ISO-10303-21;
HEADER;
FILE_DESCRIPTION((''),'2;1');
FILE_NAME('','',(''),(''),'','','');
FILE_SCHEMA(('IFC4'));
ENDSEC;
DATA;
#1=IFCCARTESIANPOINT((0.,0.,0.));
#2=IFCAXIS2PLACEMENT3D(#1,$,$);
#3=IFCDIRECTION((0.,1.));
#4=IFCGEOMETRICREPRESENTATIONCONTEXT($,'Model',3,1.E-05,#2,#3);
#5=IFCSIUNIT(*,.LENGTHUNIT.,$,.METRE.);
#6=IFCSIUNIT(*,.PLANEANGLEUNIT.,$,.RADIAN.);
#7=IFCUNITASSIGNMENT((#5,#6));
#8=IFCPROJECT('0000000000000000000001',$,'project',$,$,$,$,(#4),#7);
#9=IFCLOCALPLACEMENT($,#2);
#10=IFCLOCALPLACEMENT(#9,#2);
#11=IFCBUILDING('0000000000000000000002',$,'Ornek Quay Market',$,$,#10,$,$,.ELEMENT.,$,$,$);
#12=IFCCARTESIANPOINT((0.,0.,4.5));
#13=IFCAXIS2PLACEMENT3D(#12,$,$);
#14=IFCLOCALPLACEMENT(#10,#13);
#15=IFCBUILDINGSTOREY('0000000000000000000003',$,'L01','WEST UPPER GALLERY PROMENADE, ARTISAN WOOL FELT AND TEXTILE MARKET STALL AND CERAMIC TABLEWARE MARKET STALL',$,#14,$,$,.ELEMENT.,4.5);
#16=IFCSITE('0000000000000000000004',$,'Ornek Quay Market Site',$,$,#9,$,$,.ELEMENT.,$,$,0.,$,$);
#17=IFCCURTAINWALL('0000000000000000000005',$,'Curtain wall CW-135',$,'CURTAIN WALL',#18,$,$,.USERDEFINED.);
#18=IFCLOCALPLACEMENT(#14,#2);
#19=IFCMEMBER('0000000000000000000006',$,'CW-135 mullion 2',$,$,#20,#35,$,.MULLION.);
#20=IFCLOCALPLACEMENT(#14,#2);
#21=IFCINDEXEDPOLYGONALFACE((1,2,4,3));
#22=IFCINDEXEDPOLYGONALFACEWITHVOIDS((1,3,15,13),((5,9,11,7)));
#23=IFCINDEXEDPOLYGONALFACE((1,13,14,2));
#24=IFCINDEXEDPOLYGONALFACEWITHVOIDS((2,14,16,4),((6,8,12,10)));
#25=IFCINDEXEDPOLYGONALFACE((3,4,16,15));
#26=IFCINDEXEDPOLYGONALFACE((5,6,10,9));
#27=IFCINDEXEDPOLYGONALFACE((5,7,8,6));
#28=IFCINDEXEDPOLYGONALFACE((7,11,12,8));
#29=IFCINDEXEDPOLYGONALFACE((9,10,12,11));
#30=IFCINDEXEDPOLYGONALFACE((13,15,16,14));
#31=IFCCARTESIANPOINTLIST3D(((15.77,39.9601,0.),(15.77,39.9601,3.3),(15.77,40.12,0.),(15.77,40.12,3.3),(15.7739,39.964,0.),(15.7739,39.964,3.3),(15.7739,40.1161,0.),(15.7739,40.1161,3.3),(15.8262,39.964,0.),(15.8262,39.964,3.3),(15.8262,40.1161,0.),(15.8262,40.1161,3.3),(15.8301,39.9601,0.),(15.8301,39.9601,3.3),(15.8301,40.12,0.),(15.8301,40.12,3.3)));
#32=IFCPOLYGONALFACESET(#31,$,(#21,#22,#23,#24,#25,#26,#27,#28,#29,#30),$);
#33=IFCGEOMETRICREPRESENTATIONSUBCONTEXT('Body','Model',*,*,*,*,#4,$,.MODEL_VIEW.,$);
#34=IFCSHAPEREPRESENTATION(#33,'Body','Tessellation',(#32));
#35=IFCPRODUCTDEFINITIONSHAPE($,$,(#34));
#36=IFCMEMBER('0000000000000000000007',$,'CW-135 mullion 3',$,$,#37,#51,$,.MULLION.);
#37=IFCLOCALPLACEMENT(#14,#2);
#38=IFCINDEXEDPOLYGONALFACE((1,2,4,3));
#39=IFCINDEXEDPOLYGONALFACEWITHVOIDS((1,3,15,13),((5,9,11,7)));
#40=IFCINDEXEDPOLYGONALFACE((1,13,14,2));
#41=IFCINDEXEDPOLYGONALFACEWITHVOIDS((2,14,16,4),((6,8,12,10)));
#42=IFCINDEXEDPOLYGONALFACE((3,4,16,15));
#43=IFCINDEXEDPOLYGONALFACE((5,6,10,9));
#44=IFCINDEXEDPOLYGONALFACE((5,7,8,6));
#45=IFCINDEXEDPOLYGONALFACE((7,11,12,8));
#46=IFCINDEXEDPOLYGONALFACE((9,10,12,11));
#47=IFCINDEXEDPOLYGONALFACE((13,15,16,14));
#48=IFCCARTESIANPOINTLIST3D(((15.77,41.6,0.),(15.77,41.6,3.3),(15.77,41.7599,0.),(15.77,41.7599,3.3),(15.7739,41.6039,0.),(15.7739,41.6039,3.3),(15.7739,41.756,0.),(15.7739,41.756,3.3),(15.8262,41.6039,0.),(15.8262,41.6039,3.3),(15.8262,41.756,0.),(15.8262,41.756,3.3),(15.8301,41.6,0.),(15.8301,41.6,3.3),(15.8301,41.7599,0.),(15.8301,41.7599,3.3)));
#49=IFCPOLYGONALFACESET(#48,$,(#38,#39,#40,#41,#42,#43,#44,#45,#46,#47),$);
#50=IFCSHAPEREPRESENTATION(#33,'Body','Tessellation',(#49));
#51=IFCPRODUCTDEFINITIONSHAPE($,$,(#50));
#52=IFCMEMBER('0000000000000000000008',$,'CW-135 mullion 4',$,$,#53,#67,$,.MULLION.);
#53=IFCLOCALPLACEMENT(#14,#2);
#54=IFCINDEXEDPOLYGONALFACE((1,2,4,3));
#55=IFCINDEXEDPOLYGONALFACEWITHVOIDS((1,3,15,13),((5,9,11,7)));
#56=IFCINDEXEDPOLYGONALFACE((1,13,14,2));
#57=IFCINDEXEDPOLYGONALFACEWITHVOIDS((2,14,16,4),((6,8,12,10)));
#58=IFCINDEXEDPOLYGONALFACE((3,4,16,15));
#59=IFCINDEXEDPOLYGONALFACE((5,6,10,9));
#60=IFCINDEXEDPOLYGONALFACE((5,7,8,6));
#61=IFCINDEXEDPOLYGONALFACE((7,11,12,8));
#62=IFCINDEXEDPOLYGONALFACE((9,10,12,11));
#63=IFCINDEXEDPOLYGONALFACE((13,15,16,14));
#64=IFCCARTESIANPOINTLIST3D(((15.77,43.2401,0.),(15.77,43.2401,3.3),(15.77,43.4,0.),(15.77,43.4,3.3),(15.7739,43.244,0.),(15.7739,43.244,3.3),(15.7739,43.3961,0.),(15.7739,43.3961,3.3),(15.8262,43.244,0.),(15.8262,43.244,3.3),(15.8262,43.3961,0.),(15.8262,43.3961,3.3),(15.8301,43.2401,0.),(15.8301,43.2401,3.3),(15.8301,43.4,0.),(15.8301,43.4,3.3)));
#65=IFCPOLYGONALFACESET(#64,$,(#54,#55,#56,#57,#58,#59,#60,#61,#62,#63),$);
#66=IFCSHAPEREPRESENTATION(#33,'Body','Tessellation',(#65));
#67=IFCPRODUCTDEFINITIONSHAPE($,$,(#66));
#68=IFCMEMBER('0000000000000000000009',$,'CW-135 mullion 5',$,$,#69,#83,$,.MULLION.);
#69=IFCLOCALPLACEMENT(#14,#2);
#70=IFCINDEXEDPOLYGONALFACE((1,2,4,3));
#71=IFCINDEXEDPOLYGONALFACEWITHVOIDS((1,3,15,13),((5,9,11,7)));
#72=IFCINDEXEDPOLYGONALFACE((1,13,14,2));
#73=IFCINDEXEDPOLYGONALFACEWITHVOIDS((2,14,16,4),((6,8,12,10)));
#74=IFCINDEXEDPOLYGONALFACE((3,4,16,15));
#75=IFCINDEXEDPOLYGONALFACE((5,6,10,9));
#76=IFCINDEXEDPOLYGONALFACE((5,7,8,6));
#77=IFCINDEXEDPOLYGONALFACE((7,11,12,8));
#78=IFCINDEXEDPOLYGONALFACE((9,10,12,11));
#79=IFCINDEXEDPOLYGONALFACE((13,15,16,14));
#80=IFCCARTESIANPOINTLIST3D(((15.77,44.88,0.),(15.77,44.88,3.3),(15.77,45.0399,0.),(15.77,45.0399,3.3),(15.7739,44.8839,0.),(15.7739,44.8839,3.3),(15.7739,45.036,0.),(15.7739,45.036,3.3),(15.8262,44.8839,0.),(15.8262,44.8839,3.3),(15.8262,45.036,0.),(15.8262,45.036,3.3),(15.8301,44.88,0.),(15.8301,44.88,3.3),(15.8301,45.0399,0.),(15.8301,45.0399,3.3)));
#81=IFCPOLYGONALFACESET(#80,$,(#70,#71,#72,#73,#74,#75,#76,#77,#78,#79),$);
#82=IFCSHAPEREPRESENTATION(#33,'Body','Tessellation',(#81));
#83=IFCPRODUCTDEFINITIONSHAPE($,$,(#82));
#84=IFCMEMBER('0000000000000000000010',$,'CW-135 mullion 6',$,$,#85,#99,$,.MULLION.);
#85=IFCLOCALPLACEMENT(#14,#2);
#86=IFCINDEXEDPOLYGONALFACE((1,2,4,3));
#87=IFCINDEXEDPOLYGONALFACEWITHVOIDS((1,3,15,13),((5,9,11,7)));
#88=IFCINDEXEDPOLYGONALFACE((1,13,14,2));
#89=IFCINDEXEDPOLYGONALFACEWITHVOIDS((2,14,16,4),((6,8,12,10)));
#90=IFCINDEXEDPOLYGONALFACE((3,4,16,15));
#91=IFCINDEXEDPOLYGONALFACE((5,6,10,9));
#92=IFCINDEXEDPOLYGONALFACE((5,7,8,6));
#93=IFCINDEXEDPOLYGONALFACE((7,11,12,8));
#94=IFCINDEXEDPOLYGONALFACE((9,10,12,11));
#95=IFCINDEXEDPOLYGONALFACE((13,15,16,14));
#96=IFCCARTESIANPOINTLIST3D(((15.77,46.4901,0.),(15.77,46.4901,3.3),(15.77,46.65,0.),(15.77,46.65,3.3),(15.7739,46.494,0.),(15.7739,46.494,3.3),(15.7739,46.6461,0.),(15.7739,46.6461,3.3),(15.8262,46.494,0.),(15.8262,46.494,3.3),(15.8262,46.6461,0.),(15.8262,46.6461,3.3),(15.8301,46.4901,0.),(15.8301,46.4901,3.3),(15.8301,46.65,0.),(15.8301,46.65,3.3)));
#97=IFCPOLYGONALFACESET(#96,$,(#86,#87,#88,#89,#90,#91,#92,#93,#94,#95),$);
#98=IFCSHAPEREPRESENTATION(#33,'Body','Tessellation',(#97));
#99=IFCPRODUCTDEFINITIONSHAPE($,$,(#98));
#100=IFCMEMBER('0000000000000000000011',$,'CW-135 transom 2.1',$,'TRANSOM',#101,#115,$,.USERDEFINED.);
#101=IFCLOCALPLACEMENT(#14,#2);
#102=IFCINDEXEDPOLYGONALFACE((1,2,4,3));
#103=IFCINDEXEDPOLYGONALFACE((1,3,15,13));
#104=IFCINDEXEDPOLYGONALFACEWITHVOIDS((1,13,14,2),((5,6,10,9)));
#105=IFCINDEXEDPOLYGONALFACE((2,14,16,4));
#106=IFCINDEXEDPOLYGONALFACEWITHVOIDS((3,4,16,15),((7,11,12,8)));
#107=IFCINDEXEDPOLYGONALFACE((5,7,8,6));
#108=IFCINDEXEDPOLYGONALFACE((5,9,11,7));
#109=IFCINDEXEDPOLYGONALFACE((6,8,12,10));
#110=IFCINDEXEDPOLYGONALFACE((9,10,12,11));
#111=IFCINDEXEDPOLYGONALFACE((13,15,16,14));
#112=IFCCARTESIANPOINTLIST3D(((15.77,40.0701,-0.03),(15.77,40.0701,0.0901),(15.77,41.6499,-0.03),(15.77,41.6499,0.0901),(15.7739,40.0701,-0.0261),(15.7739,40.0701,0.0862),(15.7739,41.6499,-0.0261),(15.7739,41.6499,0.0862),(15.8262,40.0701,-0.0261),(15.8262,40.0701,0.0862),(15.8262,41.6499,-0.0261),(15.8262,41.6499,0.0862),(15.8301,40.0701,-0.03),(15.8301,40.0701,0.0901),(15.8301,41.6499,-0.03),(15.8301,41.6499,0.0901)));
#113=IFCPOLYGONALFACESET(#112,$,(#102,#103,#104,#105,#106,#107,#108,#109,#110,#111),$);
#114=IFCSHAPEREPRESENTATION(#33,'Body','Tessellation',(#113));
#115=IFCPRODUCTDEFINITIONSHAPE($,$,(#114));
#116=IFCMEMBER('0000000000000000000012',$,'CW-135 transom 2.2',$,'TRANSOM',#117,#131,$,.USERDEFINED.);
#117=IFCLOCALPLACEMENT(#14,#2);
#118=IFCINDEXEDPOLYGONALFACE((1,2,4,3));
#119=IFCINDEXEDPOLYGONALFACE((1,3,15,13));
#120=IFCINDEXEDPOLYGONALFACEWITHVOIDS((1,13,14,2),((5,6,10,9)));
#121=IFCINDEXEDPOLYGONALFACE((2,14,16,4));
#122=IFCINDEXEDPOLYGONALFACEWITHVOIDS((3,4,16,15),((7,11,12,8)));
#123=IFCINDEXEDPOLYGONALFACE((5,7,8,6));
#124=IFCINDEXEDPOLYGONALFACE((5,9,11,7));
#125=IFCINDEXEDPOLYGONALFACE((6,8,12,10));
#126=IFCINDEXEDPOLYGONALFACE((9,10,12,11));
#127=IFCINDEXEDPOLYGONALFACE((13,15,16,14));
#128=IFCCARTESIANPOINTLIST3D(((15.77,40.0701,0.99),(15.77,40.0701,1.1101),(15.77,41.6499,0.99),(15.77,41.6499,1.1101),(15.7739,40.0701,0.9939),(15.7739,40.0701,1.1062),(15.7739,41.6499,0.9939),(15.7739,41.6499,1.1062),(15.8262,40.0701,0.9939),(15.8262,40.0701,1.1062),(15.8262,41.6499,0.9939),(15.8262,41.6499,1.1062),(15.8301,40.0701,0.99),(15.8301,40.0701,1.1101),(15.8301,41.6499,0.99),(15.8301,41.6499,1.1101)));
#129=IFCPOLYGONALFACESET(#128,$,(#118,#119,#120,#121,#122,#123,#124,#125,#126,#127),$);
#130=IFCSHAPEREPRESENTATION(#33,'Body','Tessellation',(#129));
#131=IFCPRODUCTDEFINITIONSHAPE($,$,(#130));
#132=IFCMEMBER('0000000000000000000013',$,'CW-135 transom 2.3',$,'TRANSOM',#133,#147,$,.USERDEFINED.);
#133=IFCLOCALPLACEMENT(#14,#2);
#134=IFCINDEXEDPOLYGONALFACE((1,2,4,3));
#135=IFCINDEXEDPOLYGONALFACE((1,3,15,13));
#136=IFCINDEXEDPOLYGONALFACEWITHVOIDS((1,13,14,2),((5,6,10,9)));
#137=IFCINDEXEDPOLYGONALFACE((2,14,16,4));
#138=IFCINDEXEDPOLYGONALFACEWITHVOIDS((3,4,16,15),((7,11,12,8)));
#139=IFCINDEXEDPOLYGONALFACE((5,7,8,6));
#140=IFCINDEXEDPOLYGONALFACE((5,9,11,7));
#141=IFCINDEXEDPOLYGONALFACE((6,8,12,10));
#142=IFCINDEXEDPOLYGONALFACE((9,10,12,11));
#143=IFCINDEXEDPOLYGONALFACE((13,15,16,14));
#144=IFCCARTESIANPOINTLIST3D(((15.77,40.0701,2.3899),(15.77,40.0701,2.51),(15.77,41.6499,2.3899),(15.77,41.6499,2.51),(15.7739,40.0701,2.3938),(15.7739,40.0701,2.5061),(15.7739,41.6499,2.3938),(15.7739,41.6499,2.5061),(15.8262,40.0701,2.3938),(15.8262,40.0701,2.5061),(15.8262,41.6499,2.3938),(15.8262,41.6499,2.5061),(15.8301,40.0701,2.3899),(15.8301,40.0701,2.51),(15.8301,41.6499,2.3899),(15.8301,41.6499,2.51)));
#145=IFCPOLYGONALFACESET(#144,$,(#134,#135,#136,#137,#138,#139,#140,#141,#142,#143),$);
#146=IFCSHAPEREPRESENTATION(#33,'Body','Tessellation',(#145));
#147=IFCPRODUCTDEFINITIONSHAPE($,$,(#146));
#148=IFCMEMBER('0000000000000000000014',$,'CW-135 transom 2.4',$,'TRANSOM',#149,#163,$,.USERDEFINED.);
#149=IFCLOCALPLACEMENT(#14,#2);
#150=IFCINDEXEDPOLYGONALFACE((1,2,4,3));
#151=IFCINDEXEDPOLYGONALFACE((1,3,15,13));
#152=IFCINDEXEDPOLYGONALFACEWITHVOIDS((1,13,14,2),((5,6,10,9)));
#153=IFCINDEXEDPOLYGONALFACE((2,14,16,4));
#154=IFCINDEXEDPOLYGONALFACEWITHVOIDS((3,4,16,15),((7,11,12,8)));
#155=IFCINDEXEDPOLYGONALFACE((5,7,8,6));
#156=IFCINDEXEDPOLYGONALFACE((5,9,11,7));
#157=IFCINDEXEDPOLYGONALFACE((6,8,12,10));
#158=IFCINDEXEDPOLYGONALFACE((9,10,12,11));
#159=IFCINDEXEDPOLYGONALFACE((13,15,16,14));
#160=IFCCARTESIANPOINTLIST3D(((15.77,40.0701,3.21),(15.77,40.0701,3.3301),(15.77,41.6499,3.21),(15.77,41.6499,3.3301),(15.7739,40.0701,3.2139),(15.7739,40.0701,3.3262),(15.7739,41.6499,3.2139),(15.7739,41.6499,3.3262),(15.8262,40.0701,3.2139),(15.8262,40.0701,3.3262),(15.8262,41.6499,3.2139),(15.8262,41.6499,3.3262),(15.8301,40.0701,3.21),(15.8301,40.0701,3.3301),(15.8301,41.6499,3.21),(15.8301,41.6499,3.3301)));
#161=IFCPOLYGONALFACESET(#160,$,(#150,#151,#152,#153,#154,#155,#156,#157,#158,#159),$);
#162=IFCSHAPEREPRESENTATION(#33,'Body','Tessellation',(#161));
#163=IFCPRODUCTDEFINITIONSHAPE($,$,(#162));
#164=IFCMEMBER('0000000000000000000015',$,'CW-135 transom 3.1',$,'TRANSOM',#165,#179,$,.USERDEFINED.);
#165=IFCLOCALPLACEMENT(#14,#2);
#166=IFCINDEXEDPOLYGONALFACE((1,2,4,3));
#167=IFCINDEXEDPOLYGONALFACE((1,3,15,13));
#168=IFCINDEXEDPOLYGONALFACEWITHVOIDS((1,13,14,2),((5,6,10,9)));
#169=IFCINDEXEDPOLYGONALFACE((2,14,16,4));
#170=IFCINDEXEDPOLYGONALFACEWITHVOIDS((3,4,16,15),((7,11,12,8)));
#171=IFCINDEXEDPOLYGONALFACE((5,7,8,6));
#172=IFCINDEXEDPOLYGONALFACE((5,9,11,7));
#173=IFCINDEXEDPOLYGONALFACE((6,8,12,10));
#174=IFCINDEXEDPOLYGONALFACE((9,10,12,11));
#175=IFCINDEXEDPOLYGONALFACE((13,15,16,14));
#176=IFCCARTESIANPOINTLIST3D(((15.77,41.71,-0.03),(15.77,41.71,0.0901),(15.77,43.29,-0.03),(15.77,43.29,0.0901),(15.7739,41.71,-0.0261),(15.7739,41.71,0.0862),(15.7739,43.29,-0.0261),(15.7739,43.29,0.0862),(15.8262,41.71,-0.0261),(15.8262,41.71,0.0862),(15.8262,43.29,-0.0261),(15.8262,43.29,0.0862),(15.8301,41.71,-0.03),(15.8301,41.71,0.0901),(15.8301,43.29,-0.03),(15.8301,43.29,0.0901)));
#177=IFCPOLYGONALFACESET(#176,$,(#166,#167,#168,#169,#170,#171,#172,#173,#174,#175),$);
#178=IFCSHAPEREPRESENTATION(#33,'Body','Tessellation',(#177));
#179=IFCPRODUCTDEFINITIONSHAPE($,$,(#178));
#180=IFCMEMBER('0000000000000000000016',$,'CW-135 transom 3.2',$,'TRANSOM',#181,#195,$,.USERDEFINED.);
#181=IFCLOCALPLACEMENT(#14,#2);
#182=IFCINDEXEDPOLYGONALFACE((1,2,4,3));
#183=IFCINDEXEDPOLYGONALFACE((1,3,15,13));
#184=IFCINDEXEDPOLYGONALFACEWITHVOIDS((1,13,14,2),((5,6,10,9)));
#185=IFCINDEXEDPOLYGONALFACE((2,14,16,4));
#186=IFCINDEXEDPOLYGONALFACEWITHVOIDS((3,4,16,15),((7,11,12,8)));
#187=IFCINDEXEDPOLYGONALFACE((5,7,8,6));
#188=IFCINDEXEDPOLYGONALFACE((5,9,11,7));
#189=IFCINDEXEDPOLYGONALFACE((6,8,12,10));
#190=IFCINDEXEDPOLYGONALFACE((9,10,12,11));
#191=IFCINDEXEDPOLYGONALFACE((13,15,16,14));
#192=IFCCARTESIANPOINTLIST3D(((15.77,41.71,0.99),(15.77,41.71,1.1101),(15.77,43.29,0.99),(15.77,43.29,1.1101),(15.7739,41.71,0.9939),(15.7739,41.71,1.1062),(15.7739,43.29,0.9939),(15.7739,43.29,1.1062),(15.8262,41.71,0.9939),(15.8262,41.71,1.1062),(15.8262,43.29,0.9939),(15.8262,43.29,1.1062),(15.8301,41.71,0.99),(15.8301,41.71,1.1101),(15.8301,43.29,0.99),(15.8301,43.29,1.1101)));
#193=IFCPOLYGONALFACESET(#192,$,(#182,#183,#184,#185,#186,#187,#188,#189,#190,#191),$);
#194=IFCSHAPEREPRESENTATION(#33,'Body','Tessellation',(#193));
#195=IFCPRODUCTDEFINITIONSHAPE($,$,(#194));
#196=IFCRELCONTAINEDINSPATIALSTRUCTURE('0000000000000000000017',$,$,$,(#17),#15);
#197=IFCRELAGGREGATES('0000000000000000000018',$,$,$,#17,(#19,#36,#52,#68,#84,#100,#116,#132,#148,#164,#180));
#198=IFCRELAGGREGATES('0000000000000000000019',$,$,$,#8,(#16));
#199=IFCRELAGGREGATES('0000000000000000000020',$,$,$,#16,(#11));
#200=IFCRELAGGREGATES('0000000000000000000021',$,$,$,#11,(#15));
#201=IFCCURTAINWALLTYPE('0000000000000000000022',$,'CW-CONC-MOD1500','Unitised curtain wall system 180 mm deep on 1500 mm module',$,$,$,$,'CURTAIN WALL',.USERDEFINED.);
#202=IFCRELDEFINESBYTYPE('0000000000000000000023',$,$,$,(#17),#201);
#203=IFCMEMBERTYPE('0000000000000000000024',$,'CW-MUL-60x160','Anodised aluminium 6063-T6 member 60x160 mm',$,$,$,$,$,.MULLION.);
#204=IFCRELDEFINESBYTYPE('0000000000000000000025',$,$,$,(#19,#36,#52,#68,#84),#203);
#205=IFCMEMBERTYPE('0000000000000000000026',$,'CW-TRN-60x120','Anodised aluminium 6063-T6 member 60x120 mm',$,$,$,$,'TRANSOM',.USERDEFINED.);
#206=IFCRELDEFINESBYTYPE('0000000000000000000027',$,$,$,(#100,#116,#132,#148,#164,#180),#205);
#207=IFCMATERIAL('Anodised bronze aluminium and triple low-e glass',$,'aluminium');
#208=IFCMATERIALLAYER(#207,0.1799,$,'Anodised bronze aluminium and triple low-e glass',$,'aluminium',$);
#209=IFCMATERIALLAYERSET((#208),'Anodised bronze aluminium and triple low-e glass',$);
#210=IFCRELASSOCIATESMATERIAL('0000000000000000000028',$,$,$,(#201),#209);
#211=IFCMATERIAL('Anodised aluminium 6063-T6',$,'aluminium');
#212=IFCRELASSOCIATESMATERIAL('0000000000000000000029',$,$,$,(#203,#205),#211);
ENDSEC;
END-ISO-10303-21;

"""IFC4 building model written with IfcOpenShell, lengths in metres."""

from ifc_helpers import new_model, si_unit, direction, frame, origin, origin_2d, place, context, subcontext, project, spatial, hollow_rectangle, extrude, material, layer, layer_set, material_profile, profile_set, type_object, element, aggregate, save


model = new_model("IFC4")

# Units and contexts
model_context = context("Model", 3, precision=1e-05, world=origin(), true_north=direction((0.0, 1.0)))
body_context = subcontext(model_context, "Body", "Model", "MODEL_VIEW")
ifc_project = project(units=[si_unit("LENGTHUNIT", "METRE"), si_unit("PLANEANGLEUNIT", "RADIAN")], contexts=[model_context])

# Site, building, storey
site_placement = place(None, origin())
site = spatial("IfcSite", under=ifc_project, at=site_placement, Name="Ornek Quay Market Site", CompositionType="ELEMENT", RefElevation=0.0)
building_placement = place(site_placement, origin())
building = spatial("IfcBuilding", under=site, at=building_placement, Name="Ornek Quay Market", CompositionType="ELEMENT")
storey_placement = place(building_placement, frame((0.0, 0.0, 4.5)))
storey = spatial("IfcBuildingStorey", under=building, at=storey_placement, Name="L01", Description="WEST UPPER GALLERY PROMENADE, ARTISAN WOOL FELT AND TEXTILE MARKET STALL AND CERAMIC TABLEWARE MARKET STALL", CompositionType="ELEMENT", Elevation=4.5)

# Curtain wall, members
ifc_material_1 = material(Name="Anodised bronze aluminium and triple low-e glass", Category="aluminium")
ifc_layer_1 = layer(ifc_material_1, 0.1799, Name="Anodised bronze aluminium and triple low-e glass", Category="aluminium")
ifc_layer_set_1 = layer_set([ifc_layer_1], Name="Anodised bronze aluminium and triple low-e glass")
curtain_wall_type = type_object("IfcCurtainWallType", Name="CW-CONC-MOD1500", Description="Unitised curtain wall system 180 mm deep on 1500 mm module", ElementType="CURTAIN WALL", PredefinedType="USERDEFINED", material=ifc_layer_set_1)
curtain_wall_placement = place(storey_placement, origin())
curtain_wall = element("IfcCurtainWall", 1, at=curtain_wall_placement, inside=storey, type_object=curtain_wall_type, Name="Curtain wall CW-135", ObjectType="CURTAIN WALL", PredefinedType="USERDEFINED")
ifc_material_2 = material(Name="Anodised aluminium 6063-T6", Category="aluminium")
ifc_material_profile_1 = material_profile(ifc_material_2, hollow_rectangle(XDim=0.0601, YDim=0.1599, WallThickness=0.0039, at=origin_2d()), Name="CW-MUL-60x160", Category="aluminium")
ifc_profile_set_1 = profile_set([ifc_material_profile_1], Name="Anodised aluminium 6063-T6")
member_type_1 = type_object("IfcMemberType", Name="CW-MUL-60x160", Description="Anodised aluminium 6063-T6 member 60x160 mm", PredefinedType="MULLION", material=ifc_profile_set_1)
member_1_placement = place(storey_placement, frame((15.8, 40.04, 0.0), z_axis=(0.0, 0.0, 1.0), x_axis=(-1.0, 0.0, 0.0)))
member_1 = element("IfcMember", 2, at=member_1_placement, type_object=member_type_1, Name="CW-135 mullion 2", PredefinedType="MULLION", context=body_context, shape_type="SweptSolid", body=[
    extrude(hollow_rectangle(XDim=0.0601, YDim=0.1599, WallThickness=0.0039, at=origin_2d()), origin(), (0.0, 0.0, 1.0), 3.3),
])
member_2_placement = place(storey_placement, frame((15.8, 41.6799, 0.0), z_axis=(0.0, 0.0, 1.0), x_axis=(-1.0, 0.0, 0.0)))
member_2 = element("IfcMember", 3, at=member_2_placement, type_object=member_type_1, Name="CW-135 mullion 3", PredefinedType="MULLION", context=body_context, shape_type="SweptSolid", body=[
    extrude(hollow_rectangle(XDim=0.0601, YDim=0.1599, WallThickness=0.0039, at=origin_2d()), origin(), (0.0, 0.0, 1.0), 3.3),
])
member_3_placement = place(storey_placement, frame((15.8, 43.3201, 0.0), z_axis=(0.0, 0.0, 1.0), x_axis=(-1.0, 0.0, 0.0)))
member_3 = element("IfcMember", 4, at=member_3_placement, type_object=member_type_1, Name="CW-135 mullion 4", PredefinedType="MULLION", context=body_context, shape_type="SweptSolid", body=[
    extrude(hollow_rectangle(XDim=0.0601, YDim=0.1599, WallThickness=0.0039, at=origin_2d()), origin(), (0.0, 0.0, 1.0), 3.3),
])
member_4_placement = place(storey_placement, frame((15.8, 44.96, 0.0), z_axis=(0.0, 0.0, 1.0), x_axis=(-1.0, 0.0, 0.0)))
member_4 = element("IfcMember", 5, at=member_4_placement, type_object=member_type_1, Name="CW-135 mullion 5", PredefinedType="MULLION", context=body_context, shape_type="SweptSolid", body=[
    extrude(hollow_rectangle(XDim=0.0601, YDim=0.1599, WallThickness=0.0039, at=origin_2d()), origin(), (0.0, 0.0, 1.0), 3.3),
])
member_5_placement = place(storey_placement, frame((15.8, 46.5701, 0.0), z_axis=(0.0, 0.0, 1.0), x_axis=(-1.0, 0.0, 0.0)))
member_5 = element("IfcMember", 6, at=member_5_placement, type_object=member_type_1, Name="CW-135 mullion 6", PredefinedType="MULLION", context=body_context, shape_type="SweptSolid", body=[
    extrude(hollow_rectangle(XDim=0.0601, YDim=0.1599, WallThickness=0.0039, at=origin_2d()), origin(), (0.0, 0.0, 1.0), 3.3),
])
ifc_material_profile_2 = material_profile(ifc_material_2, hollow_rectangle(XDim=0.0601, YDim=0.1201, WallThickness=0.0039, at=origin_2d()), Name="CW-TRN-60x120", Category="aluminium")
ifc_profile_set_2 = profile_set([ifc_material_profile_2], Name="Anodised aluminium 6063-T6")
member_type_2 = type_object("IfcMemberType", Name="CW-TRN-60x120", Description="Anodised aluminium 6063-T6 member 60x120 mm", ElementType="TRANSOM", PredefinedType="USERDEFINED", material=ifc_profile_set_2)
member_6_placement = place(storey_placement, frame((15.8, 40.0701, 0.03), z_axis=(0.0, 1.0, 0.0), x_axis=(-1.0, 0.0, 0.0)))
member_6 = element("IfcMember", 7, at=member_6_placement, type_object=member_type_2, Name="CW-135 transom 2.1", ObjectType="TRANSOM", PredefinedType="USERDEFINED", context=body_context, shape_type="SweptSolid", body=[
    extrude(hollow_rectangle(XDim=0.0601, YDim=0.1201, WallThickness=0.0039, at=origin_2d()), origin(), (0.0, 0.0, 1.0), 1.5798),
])
member_7_placement = place(storey_placement, frame((15.8, 40.0701, 1.05), z_axis=(0.0, 1.0, 0.0), x_axis=(-1.0, 0.0, 0.0)))
member_7 = element("IfcMember", 8, at=member_7_placement, type_object=member_type_2, Name="CW-135 transom 2.2", ObjectType="TRANSOM", PredefinedType="USERDEFINED", context=body_context, shape_type="SweptSolid", body=[
    extrude(hollow_rectangle(XDim=0.0601, YDim=0.1201, WallThickness=0.0039, at=origin_2d()), origin(), (0.0, 0.0, 1.0), 1.5798),
])
member_8_placement = place(storey_placement, frame((15.8, 40.0701, 2.45), z_axis=(0.0, 1.0, 0.0), x_axis=(-1.0, 0.0, 0.0)))
member_8 = element("IfcMember", 9, at=member_8_placement, type_object=member_type_2, Name="CW-135 transom 2.3", ObjectType="TRANSOM", PredefinedType="USERDEFINED", context=body_context, shape_type="SweptSolid", body=[
    extrude(hollow_rectangle(XDim=0.0601, YDim=0.1201, WallThickness=0.0039, at=origin_2d()), origin(), (0.0, 0.0, 1.0), 1.5798),
])
member_9_placement = place(storey_placement, frame((15.8, 40.0701, 3.27), z_axis=(0.0, 1.0, 0.0), x_axis=(-1.0, 0.0, 0.0)))
member_9 = element("IfcMember", 10, at=member_9_placement, type_object=member_type_2, Name="CW-135 transom 2.4", ObjectType="TRANSOM", PredefinedType="USERDEFINED", context=body_context, shape_type="SweptSolid", body=[
    extrude(hollow_rectangle(XDim=0.0601, YDim=0.1201, WallThickness=0.0039, at=origin_2d()), origin(), (0.0, 0.0, 1.0), 1.5798),
])
member_10_placement = place(storey_placement, frame((15.8, 41.71, 0.03), z_axis=(0.0, 1.0, 0.0), x_axis=(-1.0, 0.0, 0.0)))
member_10 = element("IfcMember", 11, at=member_10_placement, type_object=member_type_2, Name="CW-135 transom 3.1", ObjectType="TRANSOM", PredefinedType="USERDEFINED", context=body_context, shape_type="SweptSolid", body=[
    extrude(hollow_rectangle(XDim=0.0601, YDim=0.1201, WallThickness=0.0039, at=origin_2d()), origin(), (0.0, 0.0, 1.0), 1.5801),
])
member_11_placement = place(storey_placement, frame((15.8, 41.71, 1.05), z_axis=(0.0, 1.0, 0.0), x_axis=(-1.0, 0.0, 0.0)))
member_11 = element("IfcMember", 12, at=member_11_placement, type_object=member_type_2, Name="CW-135 transom 3.2", ObjectType="TRANSOM", PredefinedType="USERDEFINED", context=body_context, shape_type="SweptSolid", body=[
    extrude(hollow_rectangle(XDim=0.0601, YDim=0.1201, WallThickness=0.0039, at=origin_2d()), origin(), (0.0, 0.0, 1.0), 1.5801),
])
aggregate(curtain_wall, [member_1, member_2, member_3, member_4, member_5, member_6, member_7, member_8, member_9, member_10, member_11])

save(model, "model.ifc")
